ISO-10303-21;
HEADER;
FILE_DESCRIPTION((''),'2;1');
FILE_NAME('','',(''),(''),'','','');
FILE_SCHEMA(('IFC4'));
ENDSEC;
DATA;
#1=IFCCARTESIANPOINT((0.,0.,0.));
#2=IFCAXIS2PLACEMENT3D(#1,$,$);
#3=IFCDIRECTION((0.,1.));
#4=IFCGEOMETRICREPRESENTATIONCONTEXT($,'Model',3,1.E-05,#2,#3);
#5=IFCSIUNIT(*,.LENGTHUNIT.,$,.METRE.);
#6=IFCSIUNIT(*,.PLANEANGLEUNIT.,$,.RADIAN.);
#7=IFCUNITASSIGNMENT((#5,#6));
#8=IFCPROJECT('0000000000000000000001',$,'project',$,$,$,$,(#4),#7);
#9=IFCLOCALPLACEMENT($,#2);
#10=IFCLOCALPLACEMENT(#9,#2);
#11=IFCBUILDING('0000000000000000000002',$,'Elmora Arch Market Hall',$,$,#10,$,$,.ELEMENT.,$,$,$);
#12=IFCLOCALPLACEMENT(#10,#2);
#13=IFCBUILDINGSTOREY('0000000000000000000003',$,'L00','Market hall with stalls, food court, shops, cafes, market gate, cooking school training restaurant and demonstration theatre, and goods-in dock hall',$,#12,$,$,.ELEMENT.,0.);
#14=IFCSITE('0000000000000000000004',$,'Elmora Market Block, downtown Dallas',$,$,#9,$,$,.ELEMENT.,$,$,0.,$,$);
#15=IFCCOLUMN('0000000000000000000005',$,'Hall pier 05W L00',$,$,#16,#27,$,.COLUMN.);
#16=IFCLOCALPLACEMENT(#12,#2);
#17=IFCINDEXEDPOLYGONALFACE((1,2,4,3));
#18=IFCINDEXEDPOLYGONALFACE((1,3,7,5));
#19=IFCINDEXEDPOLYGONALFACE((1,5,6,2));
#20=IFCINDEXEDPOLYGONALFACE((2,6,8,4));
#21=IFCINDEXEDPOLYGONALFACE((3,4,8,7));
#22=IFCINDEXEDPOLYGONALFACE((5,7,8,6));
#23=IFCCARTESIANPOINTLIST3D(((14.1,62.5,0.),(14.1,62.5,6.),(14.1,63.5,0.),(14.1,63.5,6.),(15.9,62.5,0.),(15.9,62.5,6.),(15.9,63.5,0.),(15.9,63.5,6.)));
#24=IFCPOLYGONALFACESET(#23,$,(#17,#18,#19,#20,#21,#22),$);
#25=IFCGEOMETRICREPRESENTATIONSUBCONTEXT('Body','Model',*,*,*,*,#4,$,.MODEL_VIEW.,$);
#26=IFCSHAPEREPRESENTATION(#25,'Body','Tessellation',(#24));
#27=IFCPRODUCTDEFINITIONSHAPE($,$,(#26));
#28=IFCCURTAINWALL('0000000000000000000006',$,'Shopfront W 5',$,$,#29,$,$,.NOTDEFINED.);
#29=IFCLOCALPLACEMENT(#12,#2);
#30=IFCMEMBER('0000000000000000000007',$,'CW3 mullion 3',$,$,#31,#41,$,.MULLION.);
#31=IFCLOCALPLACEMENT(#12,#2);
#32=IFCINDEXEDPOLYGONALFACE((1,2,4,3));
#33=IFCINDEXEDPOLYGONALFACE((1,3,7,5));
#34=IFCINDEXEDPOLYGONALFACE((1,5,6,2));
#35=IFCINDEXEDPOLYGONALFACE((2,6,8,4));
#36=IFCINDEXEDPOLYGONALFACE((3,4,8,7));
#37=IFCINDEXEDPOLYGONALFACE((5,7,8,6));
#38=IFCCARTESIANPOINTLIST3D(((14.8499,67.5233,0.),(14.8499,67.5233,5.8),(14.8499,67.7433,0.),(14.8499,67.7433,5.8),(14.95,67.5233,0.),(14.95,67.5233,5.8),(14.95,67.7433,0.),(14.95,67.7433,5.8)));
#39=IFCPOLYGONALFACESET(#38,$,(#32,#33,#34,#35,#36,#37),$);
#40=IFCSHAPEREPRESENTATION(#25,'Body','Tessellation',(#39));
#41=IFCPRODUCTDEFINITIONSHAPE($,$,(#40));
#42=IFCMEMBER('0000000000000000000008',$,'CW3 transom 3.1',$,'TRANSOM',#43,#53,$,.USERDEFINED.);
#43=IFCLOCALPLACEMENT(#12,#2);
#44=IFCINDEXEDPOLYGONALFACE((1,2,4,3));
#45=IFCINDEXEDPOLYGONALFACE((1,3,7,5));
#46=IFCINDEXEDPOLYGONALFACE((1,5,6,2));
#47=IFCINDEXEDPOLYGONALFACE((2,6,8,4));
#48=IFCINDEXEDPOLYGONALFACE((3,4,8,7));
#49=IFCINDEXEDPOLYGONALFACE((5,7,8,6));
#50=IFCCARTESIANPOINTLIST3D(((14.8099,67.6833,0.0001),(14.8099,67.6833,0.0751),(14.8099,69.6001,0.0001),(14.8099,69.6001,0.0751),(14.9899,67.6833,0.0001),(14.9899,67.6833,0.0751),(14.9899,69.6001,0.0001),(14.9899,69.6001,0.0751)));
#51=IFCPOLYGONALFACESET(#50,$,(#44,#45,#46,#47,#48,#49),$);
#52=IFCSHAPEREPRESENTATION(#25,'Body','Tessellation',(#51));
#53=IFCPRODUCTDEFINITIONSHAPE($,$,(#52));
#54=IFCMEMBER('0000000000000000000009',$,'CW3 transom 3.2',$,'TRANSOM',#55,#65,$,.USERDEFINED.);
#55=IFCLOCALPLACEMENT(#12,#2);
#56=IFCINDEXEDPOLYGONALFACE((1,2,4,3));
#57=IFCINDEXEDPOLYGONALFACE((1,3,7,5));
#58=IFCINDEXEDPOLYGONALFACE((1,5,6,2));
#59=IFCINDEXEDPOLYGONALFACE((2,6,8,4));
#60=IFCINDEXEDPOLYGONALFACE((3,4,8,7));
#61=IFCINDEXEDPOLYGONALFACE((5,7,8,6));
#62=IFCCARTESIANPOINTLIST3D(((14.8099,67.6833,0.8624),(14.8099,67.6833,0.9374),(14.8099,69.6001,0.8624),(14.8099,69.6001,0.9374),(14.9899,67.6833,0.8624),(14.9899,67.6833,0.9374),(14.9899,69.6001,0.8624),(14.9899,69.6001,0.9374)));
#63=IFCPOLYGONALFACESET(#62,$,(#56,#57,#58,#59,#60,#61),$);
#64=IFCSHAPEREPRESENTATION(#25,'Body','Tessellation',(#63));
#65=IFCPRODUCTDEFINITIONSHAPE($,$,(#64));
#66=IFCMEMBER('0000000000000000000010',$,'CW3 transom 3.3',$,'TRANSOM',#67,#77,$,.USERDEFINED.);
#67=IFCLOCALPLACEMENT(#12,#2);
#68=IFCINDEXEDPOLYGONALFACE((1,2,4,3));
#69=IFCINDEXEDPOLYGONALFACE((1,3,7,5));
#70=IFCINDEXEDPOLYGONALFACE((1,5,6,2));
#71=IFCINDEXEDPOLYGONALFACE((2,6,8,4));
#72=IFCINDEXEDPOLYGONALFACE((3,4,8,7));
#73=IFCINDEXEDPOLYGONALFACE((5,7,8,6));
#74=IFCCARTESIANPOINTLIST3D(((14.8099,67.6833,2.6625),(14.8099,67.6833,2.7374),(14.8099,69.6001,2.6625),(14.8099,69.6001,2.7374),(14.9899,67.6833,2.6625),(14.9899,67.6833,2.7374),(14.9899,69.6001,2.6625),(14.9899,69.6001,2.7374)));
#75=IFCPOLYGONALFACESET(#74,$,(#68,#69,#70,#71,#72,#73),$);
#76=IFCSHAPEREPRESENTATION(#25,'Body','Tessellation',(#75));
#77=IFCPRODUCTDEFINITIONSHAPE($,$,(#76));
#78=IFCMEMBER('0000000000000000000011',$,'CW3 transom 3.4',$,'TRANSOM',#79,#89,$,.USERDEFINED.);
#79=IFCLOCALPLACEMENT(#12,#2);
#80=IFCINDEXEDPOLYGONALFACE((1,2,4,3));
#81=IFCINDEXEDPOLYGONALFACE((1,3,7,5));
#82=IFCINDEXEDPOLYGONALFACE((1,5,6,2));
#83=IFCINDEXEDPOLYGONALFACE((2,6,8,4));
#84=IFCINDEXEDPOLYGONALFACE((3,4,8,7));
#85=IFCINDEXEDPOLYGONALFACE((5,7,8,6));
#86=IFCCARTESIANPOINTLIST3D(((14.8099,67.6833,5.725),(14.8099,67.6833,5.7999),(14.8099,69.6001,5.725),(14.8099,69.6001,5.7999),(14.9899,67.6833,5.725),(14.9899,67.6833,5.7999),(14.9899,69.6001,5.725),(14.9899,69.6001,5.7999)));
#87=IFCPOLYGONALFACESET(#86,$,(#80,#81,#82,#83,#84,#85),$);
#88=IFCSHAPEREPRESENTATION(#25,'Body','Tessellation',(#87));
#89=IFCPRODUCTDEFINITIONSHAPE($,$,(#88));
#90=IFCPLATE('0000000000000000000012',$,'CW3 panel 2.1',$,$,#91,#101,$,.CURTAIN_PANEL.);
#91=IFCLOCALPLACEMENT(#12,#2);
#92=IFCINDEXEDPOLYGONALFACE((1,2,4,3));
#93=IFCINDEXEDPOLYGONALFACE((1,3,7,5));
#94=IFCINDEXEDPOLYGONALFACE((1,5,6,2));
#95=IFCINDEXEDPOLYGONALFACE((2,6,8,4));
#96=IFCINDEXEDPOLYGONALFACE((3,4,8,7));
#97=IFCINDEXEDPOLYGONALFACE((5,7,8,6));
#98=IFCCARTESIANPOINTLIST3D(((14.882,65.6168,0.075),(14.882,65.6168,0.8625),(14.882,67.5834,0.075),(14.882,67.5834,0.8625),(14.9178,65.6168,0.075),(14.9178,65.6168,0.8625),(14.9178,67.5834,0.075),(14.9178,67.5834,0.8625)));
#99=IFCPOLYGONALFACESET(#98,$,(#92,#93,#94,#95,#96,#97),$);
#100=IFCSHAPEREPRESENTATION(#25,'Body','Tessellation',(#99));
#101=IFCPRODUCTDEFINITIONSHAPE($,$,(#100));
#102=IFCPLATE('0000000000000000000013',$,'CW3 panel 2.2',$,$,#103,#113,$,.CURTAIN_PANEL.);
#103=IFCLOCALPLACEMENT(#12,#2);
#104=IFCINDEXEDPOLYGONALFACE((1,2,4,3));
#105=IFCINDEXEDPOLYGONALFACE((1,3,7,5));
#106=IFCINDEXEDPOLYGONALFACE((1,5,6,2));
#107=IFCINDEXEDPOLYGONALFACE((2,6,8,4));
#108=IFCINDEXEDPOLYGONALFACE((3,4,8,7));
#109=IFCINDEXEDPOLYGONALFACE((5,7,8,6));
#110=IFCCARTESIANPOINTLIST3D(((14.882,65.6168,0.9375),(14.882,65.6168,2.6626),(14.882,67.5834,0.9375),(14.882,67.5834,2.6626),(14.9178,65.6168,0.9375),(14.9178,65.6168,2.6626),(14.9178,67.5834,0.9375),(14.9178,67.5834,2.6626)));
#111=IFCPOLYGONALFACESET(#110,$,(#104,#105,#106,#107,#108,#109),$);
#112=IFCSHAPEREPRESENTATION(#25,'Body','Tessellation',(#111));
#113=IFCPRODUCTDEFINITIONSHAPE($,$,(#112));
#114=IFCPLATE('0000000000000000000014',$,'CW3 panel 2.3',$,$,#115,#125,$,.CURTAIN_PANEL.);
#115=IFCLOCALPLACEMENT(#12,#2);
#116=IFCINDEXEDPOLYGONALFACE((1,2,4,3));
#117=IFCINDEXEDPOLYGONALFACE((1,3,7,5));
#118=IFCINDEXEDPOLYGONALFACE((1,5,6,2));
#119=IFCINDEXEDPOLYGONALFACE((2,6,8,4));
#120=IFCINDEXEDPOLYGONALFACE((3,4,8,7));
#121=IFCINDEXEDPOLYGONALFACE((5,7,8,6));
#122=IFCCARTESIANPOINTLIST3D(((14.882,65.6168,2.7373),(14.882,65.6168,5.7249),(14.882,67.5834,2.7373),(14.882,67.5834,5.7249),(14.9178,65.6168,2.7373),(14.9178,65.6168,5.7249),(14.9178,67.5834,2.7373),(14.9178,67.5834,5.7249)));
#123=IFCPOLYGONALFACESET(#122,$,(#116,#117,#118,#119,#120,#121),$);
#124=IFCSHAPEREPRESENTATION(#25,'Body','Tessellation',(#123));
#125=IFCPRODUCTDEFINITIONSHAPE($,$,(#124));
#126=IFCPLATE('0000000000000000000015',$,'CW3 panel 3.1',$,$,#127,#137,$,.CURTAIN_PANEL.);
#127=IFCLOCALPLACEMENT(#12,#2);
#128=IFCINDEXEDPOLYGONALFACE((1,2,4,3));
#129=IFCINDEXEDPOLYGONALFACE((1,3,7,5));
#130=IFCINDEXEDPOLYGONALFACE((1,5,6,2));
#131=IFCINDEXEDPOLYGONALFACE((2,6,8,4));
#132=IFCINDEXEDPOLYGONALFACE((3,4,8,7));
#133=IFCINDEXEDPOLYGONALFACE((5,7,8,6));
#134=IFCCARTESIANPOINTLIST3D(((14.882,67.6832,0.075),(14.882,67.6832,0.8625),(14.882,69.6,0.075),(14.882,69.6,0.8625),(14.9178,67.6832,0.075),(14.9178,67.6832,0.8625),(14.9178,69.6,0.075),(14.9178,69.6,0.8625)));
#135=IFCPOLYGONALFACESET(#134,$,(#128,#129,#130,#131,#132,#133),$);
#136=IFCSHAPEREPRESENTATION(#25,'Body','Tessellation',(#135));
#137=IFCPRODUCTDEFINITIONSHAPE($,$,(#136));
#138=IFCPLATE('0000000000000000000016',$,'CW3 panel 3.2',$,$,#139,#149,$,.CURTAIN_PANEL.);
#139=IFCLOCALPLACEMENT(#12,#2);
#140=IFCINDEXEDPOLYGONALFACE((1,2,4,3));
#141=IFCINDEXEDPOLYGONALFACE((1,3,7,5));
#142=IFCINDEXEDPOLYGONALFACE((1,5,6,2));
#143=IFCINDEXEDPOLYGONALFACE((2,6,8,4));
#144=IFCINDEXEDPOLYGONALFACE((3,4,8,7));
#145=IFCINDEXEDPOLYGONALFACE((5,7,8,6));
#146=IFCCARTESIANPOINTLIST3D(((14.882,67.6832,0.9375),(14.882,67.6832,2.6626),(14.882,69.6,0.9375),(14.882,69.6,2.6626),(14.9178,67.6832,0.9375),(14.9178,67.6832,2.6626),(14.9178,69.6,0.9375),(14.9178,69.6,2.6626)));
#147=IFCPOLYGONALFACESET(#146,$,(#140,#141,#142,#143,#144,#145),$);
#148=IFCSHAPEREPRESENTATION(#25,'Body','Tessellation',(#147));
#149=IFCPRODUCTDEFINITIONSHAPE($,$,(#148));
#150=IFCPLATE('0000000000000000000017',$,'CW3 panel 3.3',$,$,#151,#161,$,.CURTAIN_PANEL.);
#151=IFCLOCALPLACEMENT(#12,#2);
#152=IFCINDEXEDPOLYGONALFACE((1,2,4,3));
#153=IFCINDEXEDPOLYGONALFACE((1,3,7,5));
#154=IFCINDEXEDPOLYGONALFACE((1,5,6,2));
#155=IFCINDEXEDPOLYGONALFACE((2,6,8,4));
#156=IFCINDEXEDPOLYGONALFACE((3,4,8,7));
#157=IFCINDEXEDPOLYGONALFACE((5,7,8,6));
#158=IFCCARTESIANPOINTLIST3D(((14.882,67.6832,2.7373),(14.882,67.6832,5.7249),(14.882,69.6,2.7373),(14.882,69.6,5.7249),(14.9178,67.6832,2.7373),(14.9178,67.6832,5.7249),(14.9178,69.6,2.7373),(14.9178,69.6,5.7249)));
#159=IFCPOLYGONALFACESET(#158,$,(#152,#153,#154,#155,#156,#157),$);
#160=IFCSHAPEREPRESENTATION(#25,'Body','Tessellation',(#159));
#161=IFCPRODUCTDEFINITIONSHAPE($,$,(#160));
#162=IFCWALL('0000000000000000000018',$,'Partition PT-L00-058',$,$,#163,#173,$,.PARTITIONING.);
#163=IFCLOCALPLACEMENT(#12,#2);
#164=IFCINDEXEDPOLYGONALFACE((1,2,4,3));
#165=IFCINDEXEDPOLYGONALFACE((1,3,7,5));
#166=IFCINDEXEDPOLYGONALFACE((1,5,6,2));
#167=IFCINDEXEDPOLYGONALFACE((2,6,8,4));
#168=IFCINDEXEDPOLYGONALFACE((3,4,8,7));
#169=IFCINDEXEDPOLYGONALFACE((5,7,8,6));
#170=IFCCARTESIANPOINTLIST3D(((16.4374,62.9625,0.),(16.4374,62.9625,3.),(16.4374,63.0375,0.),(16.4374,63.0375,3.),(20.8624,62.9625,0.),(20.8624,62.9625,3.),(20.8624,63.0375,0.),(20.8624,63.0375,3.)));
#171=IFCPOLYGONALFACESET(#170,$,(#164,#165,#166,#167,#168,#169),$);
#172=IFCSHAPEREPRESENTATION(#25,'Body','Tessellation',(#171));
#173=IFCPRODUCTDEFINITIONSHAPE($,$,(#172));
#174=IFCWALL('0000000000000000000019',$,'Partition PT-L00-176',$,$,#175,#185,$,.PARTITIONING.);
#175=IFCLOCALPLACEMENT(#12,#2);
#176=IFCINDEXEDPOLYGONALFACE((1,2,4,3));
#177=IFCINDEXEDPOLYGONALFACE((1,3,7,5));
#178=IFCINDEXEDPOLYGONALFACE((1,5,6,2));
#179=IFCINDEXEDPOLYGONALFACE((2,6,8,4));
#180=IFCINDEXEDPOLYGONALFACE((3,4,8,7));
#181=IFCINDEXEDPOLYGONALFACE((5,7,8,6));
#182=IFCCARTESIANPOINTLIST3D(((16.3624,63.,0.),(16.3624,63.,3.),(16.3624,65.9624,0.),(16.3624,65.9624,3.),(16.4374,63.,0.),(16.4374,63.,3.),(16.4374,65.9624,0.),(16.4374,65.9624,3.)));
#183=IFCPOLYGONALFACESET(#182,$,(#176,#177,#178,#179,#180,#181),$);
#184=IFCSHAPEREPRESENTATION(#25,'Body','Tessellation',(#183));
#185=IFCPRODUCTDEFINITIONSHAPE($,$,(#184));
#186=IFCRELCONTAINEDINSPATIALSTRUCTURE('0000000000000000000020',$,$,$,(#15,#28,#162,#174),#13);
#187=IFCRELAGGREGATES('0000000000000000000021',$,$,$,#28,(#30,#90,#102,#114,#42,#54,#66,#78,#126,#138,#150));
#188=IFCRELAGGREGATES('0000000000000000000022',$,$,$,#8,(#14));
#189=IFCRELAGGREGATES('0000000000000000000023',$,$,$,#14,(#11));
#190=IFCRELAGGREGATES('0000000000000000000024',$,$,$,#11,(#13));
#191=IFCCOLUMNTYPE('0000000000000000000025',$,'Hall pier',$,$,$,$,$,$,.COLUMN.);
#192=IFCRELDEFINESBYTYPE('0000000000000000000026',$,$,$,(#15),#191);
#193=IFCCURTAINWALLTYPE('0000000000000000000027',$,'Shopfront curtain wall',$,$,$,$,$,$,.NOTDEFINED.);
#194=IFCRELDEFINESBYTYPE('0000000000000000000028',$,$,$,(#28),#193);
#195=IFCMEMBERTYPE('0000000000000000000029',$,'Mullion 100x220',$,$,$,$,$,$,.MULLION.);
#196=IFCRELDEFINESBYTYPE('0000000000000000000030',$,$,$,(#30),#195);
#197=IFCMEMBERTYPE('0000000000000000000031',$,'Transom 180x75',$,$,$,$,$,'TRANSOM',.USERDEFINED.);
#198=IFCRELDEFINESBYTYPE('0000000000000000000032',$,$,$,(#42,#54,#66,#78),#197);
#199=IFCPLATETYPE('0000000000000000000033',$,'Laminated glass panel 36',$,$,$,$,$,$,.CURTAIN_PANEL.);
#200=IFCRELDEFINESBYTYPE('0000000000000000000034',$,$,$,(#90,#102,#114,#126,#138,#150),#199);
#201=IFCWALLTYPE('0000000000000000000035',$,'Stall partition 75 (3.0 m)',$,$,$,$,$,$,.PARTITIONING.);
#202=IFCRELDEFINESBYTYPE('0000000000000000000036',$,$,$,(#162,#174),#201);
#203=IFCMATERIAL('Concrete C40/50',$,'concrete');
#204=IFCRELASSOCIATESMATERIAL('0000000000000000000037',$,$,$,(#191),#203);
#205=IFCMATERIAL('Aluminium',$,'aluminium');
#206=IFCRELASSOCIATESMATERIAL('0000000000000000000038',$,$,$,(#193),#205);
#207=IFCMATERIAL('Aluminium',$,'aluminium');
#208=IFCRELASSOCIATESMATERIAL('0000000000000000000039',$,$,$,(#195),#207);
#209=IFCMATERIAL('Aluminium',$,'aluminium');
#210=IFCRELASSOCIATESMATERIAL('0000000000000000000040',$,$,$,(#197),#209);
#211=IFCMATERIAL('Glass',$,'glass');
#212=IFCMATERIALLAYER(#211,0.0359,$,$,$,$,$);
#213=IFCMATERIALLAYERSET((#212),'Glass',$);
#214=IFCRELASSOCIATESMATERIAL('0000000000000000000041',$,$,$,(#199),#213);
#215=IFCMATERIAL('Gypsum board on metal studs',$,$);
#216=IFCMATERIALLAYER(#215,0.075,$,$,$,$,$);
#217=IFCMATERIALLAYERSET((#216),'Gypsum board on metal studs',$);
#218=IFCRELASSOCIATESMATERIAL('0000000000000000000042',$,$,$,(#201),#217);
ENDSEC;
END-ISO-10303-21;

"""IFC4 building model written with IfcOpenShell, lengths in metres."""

from ifc_helpers import new_model, si_unit, direction, frame, frame_2d, origin, origin_2d, place, context, subcontext, project, spatial, rectangle, extrude, material, layer, layer_set, material_profile, profile_set, type_object, element, aggregate, save


model = new_model("IFC4")

# Units and contexts
model_context = context("Model", 3, precision=1e-05, world=origin(), true_north=direction((0.0, 1.0)))
body_context = subcontext(model_context, "Body", "Model", "MODEL_VIEW")
ifc_project = project(units=[si_unit("LENGTHUNIT", "METRE"), si_unit("PLANEANGLEUNIT", "RADIAN")], contexts=[model_context])

# Site, building, storey
site_placement = place(None, origin())
site = spatial("IfcSite", under=ifc_project, at=site_placement, Name="Elmora Market Block, downtown Dallas", CompositionType="ELEMENT", RefElevation=0.0)
building_placement = place(site_placement, origin())
building = spatial("IfcBuilding", under=site, at=building_placement, Name="Elmora Arch Market Hall", CompositionType="ELEMENT")
storey_placement = place(building_placement, origin())
storey = spatial("IfcBuildingStorey", under=building, at=storey_placement, Name="L00", Description="Market hall with stalls, food court, shops, cafes, market gate, cooking school training restaurant and demonstration theatre, and goods-in dock hall", CompositionType="ELEMENT", Elevation=0.0)

# Column
ifc_material_1 = material(Name="Concrete C40/50", Category="concrete")
ifc_material_profile_1 = material_profile(ifc_material_1, rectangle(XDim=1.8, YDim=1.0, at=origin_2d()), Name="Hall pier")
ifc_profile_set_1 = profile_set([ifc_material_profile_1], Name="Concrete C40/50")
column_type = type_object("IfcColumnType", Name="Hall pier", PredefinedType="COLUMN", material=ifc_profile_set_1)
column_placement = place(storey_placement, frame((15.0, 63.0, 0.0), z_axis=(0.0, 0.0, 1.0), x_axis=(1.0, 0.0, 0.0)))
element("IfcColumn", 1, at=column_placement, inside=storey, type_object=column_type, Name="Hall pier 05W L00", PredefinedType="COLUMN", context=body_context, shape_type="SweptSolid", body=[
    extrude(rectangle(XDim=1.8, YDim=1.0, at=origin_2d()), origin(), (0.0, 0.0, 1.0), 6.0),
])

# Curtain wall, members, plates
ifc_material_2 = material(Name="Aluminium", Category="aluminium")
curtain_wall_type = type_object("IfcCurtainWallType", Name="Shopfront curtain wall", PredefinedType="NOTDEFINED", material=ifc_material_2)
curtain_wall_placement = place(storey_placement, origin())
curtain_wall = element("IfcCurtainWall", 2, at=curtain_wall_placement, inside=storey, type_object=curtain_wall_type, Name="Shopfront W 5", PredefinedType="NOTDEFINED")
ifc_material_3 = material(Name="Aluminium", Category="aluminium")
ifc_material_profile_2 = material_profile(ifc_material_3, rectangle(XDim=0.1001, YDim=0.22, at=origin_2d()), Name="AL 100x220")
ifc_profile_set_2 = profile_set([ifc_material_profile_2], Name="Aluminium")
member_type_1 = type_object("IfcMemberType", Name="Mullion 100x220", PredefinedType="MULLION", material=ifc_profile_set_2)
member_1_placement = place(storey_placement, frame((14.8999, 67.6333, 0.0), z_axis=(0.0, 0.0, 1.0), x_axis=(-1.0, 0.0, 0.0)))
member_1 = element("IfcMember", 3, at=member_1_placement, type_object=member_type_1, Name="CW3 mullion 3", PredefinedType="MULLION", context=body_context, shape_type="SweptSolid", body=[
    extrude(rectangle(XDim=0.1001, YDim=0.22, at=origin_2d()), origin(), (0.0, 0.0, 1.0), 5.8),
])
ifc_material_4 = material(Name="Aluminium", Category="aluminium")
ifc_material_profile_3 = material_profile(ifc_material_4, rectangle(XDim=0.1799, YDim=0.075, at=origin_2d()), Name="AL 180x75")
ifc_profile_set_3 = profile_set([ifc_material_profile_3], Name="Aluminium")
member_type_2 = type_object("IfcMemberType", Name="Transom 180x75", ElementType="TRANSOM", PredefinedType="USERDEFINED", material=ifc_profile_set_3)
member_2_placement = place(storey_placement, frame((14.8999, 67.6833, 0.0376), z_axis=(0.0, 1.0, 0.0), x_axis=(-1.0, 0.0, 0.0)))
member_2 = element("IfcMember", 4, at=member_2_placement, type_object=member_type_2, Name="CW3 transom 3.1", ObjectType="TRANSOM", PredefinedType="USERDEFINED", context=body_context, shape_type="SweptSolid", body=[
    extrude(rectangle(XDim=0.1799, YDim=0.075, at=origin_2d()), origin(), (0.0, 0.0, 1.0), 1.9167),
])
member_3_placement = place(storey_placement, frame((14.8999, 67.6833, 0.8999), z_axis=(0.0, 1.0, 0.0), x_axis=(-1.0, 0.0, 0.0)))
member_3 = element("IfcMember", 5, at=member_3_placement, type_object=member_type_2, Name="CW3 transom 3.2", ObjectType="TRANSOM", PredefinedType="USERDEFINED", context=body_context, shape_type="SweptSolid", body=[
    extrude(rectangle(XDim=0.1799, YDim=0.075, at=origin_2d()), origin(), (0.0, 0.0, 1.0), 1.9167),
])
member_4_placement = place(storey_placement, frame((14.8999, 67.6833, 2.7), z_axis=(0.0, 1.0, 0.0), x_axis=(-1.0, 0.0, 0.0)))
member_4 = element("IfcMember", 6, at=member_4_placement, type_object=member_type_2, Name="CW3 transom 3.3", ObjectType="TRANSOM", PredefinedType="USERDEFINED", context=body_context, shape_type="SweptSolid", body=[
    extrude(rectangle(XDim=0.1799, YDim=0.075, at=origin_2d()), origin(), (0.0, 0.0, 1.0), 1.9167),
])
member_5_placement = place(storey_placement, frame((14.8999, 67.6833, 5.7625), z_axis=(0.0, 1.0, 0.0), x_axis=(-1.0, 0.0, 0.0)))
member_5 = element("IfcMember", 7, at=member_5_placement, type_object=member_type_2, Name="CW3 transom 3.4", ObjectType="TRANSOM", PredefinedType="USERDEFINED", context=body_context, shape_type="SweptSolid", body=[
    extrude(rectangle(XDim=0.1799, YDim=0.075, at=origin_2d()), origin(), (0.0, 0.0, 1.0), 1.9167),
])
ifc_material_5 = material(Name="Glass", Category="glass")
ifc_layer_1 = layer(ifc_material_5, 0.0359)
ifc_layer_set_1 = layer_set([ifc_layer_1], Name="Glass")
plate_type = type_object("IfcPlateType", Name="Laminated glass panel 36", PredefinedType="CURTAIN_PANEL", material=ifc_layer_set_1)
plate_1_placement = place(storey_placement, frame((14.8999, 66.6001, 0.075), z_axis=(0.0, 0.0, 1.0), x_axis=(0.0, 1.0, 0.0)))
plate_1 = element("IfcPlate", 8, at=plate_1_placement, type_object=plate_type, Name="CW3 panel 2.1", PredefinedType="CURTAIN_PANEL", context=body_context, shape_type="SweptSolid", body=[
    extrude(rectangle(XDim=1.9666, YDim=0.0359, at=origin_2d()), origin(), (0.0, 0.0, 1.0), 0.7876),
])
plate_2_placement = place(storey_placement, frame((14.8999, 66.6001, 0.9375), z_axis=(0.0, 0.0, 1.0), x_axis=(0.0, 1.0, 0.0)))
plate_2 = element("IfcPlate", 9, at=plate_2_placement, type_object=plate_type, Name="CW3 panel 2.2", PredefinedType="CURTAIN_PANEL", context=body_context, shape_type="SweptSolid", body=[
    extrude(rectangle(XDim=1.9666, YDim=0.0359, at=origin_2d()), origin(), (0.0, 0.0, 1.0), 1.7251),
])
plate_3_placement = place(storey_placement, frame((14.8999, 66.6001, 2.7373), z_axis=(0.0, 0.0, 1.0), x_axis=(0.0, 1.0, 0.0)))
plate_3 = element("IfcPlate", 10, at=plate_3_placement, type_object=plate_type, Name="CW3 panel 2.3", PredefinedType="CURTAIN_PANEL", context=body_context, shape_type="SweptSolid", body=[
    extrude(rectangle(XDim=1.9666, YDim=0.0359, at=origin_2d()), origin(), (0.0, 0.0, 1.0), 2.9875),
])
plate_4_placement = place(storey_placement, frame((14.8999, 68.6416, 0.075), z_axis=(0.0, 0.0, 1.0), x_axis=(0.0, 1.0, 0.0)))
plate_4 = element("IfcPlate", 11, at=plate_4_placement, type_object=plate_type, Name="CW3 panel 3.1", PredefinedType="CURTAIN_PANEL", context=body_context, shape_type="SweptSolid", body=[
    extrude(rectangle(XDim=1.9167, YDim=0.0359, at=origin_2d()), origin(), (0.0, 0.0, 1.0), 0.7876),
])
plate_5_placement = place(storey_placement, frame((14.8999, 68.6416, 0.9375), z_axis=(0.0, 0.0, 1.0), x_axis=(0.0, 1.0, 0.0)))
plate_5 = element("IfcPlate", 12, at=plate_5_placement, type_object=plate_type, Name="CW3 panel 3.2", PredefinedType="CURTAIN_PANEL", context=body_context, shape_type="SweptSolid", body=[
    extrude(rectangle(XDim=1.9167, YDim=0.0359, at=origin_2d()), origin(), (0.0, 0.0, 1.0), 1.7251),
])
plate_6_placement = place(storey_placement, frame((14.8999, 68.6416, 2.7373), z_axis=(0.0, 0.0, 1.0), x_axis=(0.0, 1.0, 0.0)))
plate_6 = element("IfcPlate", 13, at=plate_6_placement, type_object=plate_type, Name="CW3 panel 3.3", PredefinedType="CURTAIN_PANEL", context=body_context, shape_type="SweptSolid", body=[
    extrude(rectangle(XDim=1.9167, YDim=0.0359, at=origin_2d()), origin(), (0.0, 0.0, 1.0), 2.9875),
])
aggregate(curtain_wall, [member_1, plate_1, plate_2, plate_3, member_2, member_3, member_4, member_5, plate_4, plate_5, plate_6])

# Wall
ifc_material_6 = material(Name="Gypsum board on metal studs")
ifc_layer_2 = layer(ifc_material_6, 0.075)
ifc_layer_set_2 = layer_set([ifc_layer_2], Name="Gypsum board on metal studs")
wall_type = type_object("IfcWallType", Name="Stall partition 75 (3.0 m)", PredefinedType="PARTITIONING", material=ifc_layer_set_2)
wall_1_placement = place(storey_placement, frame((16.4375, 63.0, 0.0), z_axis=(0.0, 0.0, 1.0), x_axis=(1.0, 0.0, 0.0)))
element("IfcWall", 14, at=wall_1_placement, inside=storey, type_object=wall_type, Name="Partition PT-L00-058", PredefinedType="PARTITIONING", context=body_context, shape_type="SweptSolid", body=[
    extrude(rectangle(XDim=4.425, YDim=0.075, at=frame_2d((2.2124, 0.0))), origin(), (0.0, 0.0, 1.0), 3.0),
])

# Wall
for number, where, z_axis, x_axis, name in (
    (15, (16.3999, 63.0, 0.0), (0.0, 0.0, 1.0), (0.0, 1.0, 0.0), "Partition PT-L00-176"),
):
    element("IfcWall", number, at=place(storey_placement, frame(where, z_axis=z_axis, x_axis=x_axis)), inside=storey, type_object=wall_type, Name=name, PredefinedType="PARTITIONING", context=body_context, shape_type="SweptSolid", body=[
        extrude(rectangle(XDim=2.9624, YDim=0.075, at=frame_2d((1.4812, 0.0))), origin(), (0.0, 0.0, 1.0), 3.0),
    ])

save(model, "model.ifc")
